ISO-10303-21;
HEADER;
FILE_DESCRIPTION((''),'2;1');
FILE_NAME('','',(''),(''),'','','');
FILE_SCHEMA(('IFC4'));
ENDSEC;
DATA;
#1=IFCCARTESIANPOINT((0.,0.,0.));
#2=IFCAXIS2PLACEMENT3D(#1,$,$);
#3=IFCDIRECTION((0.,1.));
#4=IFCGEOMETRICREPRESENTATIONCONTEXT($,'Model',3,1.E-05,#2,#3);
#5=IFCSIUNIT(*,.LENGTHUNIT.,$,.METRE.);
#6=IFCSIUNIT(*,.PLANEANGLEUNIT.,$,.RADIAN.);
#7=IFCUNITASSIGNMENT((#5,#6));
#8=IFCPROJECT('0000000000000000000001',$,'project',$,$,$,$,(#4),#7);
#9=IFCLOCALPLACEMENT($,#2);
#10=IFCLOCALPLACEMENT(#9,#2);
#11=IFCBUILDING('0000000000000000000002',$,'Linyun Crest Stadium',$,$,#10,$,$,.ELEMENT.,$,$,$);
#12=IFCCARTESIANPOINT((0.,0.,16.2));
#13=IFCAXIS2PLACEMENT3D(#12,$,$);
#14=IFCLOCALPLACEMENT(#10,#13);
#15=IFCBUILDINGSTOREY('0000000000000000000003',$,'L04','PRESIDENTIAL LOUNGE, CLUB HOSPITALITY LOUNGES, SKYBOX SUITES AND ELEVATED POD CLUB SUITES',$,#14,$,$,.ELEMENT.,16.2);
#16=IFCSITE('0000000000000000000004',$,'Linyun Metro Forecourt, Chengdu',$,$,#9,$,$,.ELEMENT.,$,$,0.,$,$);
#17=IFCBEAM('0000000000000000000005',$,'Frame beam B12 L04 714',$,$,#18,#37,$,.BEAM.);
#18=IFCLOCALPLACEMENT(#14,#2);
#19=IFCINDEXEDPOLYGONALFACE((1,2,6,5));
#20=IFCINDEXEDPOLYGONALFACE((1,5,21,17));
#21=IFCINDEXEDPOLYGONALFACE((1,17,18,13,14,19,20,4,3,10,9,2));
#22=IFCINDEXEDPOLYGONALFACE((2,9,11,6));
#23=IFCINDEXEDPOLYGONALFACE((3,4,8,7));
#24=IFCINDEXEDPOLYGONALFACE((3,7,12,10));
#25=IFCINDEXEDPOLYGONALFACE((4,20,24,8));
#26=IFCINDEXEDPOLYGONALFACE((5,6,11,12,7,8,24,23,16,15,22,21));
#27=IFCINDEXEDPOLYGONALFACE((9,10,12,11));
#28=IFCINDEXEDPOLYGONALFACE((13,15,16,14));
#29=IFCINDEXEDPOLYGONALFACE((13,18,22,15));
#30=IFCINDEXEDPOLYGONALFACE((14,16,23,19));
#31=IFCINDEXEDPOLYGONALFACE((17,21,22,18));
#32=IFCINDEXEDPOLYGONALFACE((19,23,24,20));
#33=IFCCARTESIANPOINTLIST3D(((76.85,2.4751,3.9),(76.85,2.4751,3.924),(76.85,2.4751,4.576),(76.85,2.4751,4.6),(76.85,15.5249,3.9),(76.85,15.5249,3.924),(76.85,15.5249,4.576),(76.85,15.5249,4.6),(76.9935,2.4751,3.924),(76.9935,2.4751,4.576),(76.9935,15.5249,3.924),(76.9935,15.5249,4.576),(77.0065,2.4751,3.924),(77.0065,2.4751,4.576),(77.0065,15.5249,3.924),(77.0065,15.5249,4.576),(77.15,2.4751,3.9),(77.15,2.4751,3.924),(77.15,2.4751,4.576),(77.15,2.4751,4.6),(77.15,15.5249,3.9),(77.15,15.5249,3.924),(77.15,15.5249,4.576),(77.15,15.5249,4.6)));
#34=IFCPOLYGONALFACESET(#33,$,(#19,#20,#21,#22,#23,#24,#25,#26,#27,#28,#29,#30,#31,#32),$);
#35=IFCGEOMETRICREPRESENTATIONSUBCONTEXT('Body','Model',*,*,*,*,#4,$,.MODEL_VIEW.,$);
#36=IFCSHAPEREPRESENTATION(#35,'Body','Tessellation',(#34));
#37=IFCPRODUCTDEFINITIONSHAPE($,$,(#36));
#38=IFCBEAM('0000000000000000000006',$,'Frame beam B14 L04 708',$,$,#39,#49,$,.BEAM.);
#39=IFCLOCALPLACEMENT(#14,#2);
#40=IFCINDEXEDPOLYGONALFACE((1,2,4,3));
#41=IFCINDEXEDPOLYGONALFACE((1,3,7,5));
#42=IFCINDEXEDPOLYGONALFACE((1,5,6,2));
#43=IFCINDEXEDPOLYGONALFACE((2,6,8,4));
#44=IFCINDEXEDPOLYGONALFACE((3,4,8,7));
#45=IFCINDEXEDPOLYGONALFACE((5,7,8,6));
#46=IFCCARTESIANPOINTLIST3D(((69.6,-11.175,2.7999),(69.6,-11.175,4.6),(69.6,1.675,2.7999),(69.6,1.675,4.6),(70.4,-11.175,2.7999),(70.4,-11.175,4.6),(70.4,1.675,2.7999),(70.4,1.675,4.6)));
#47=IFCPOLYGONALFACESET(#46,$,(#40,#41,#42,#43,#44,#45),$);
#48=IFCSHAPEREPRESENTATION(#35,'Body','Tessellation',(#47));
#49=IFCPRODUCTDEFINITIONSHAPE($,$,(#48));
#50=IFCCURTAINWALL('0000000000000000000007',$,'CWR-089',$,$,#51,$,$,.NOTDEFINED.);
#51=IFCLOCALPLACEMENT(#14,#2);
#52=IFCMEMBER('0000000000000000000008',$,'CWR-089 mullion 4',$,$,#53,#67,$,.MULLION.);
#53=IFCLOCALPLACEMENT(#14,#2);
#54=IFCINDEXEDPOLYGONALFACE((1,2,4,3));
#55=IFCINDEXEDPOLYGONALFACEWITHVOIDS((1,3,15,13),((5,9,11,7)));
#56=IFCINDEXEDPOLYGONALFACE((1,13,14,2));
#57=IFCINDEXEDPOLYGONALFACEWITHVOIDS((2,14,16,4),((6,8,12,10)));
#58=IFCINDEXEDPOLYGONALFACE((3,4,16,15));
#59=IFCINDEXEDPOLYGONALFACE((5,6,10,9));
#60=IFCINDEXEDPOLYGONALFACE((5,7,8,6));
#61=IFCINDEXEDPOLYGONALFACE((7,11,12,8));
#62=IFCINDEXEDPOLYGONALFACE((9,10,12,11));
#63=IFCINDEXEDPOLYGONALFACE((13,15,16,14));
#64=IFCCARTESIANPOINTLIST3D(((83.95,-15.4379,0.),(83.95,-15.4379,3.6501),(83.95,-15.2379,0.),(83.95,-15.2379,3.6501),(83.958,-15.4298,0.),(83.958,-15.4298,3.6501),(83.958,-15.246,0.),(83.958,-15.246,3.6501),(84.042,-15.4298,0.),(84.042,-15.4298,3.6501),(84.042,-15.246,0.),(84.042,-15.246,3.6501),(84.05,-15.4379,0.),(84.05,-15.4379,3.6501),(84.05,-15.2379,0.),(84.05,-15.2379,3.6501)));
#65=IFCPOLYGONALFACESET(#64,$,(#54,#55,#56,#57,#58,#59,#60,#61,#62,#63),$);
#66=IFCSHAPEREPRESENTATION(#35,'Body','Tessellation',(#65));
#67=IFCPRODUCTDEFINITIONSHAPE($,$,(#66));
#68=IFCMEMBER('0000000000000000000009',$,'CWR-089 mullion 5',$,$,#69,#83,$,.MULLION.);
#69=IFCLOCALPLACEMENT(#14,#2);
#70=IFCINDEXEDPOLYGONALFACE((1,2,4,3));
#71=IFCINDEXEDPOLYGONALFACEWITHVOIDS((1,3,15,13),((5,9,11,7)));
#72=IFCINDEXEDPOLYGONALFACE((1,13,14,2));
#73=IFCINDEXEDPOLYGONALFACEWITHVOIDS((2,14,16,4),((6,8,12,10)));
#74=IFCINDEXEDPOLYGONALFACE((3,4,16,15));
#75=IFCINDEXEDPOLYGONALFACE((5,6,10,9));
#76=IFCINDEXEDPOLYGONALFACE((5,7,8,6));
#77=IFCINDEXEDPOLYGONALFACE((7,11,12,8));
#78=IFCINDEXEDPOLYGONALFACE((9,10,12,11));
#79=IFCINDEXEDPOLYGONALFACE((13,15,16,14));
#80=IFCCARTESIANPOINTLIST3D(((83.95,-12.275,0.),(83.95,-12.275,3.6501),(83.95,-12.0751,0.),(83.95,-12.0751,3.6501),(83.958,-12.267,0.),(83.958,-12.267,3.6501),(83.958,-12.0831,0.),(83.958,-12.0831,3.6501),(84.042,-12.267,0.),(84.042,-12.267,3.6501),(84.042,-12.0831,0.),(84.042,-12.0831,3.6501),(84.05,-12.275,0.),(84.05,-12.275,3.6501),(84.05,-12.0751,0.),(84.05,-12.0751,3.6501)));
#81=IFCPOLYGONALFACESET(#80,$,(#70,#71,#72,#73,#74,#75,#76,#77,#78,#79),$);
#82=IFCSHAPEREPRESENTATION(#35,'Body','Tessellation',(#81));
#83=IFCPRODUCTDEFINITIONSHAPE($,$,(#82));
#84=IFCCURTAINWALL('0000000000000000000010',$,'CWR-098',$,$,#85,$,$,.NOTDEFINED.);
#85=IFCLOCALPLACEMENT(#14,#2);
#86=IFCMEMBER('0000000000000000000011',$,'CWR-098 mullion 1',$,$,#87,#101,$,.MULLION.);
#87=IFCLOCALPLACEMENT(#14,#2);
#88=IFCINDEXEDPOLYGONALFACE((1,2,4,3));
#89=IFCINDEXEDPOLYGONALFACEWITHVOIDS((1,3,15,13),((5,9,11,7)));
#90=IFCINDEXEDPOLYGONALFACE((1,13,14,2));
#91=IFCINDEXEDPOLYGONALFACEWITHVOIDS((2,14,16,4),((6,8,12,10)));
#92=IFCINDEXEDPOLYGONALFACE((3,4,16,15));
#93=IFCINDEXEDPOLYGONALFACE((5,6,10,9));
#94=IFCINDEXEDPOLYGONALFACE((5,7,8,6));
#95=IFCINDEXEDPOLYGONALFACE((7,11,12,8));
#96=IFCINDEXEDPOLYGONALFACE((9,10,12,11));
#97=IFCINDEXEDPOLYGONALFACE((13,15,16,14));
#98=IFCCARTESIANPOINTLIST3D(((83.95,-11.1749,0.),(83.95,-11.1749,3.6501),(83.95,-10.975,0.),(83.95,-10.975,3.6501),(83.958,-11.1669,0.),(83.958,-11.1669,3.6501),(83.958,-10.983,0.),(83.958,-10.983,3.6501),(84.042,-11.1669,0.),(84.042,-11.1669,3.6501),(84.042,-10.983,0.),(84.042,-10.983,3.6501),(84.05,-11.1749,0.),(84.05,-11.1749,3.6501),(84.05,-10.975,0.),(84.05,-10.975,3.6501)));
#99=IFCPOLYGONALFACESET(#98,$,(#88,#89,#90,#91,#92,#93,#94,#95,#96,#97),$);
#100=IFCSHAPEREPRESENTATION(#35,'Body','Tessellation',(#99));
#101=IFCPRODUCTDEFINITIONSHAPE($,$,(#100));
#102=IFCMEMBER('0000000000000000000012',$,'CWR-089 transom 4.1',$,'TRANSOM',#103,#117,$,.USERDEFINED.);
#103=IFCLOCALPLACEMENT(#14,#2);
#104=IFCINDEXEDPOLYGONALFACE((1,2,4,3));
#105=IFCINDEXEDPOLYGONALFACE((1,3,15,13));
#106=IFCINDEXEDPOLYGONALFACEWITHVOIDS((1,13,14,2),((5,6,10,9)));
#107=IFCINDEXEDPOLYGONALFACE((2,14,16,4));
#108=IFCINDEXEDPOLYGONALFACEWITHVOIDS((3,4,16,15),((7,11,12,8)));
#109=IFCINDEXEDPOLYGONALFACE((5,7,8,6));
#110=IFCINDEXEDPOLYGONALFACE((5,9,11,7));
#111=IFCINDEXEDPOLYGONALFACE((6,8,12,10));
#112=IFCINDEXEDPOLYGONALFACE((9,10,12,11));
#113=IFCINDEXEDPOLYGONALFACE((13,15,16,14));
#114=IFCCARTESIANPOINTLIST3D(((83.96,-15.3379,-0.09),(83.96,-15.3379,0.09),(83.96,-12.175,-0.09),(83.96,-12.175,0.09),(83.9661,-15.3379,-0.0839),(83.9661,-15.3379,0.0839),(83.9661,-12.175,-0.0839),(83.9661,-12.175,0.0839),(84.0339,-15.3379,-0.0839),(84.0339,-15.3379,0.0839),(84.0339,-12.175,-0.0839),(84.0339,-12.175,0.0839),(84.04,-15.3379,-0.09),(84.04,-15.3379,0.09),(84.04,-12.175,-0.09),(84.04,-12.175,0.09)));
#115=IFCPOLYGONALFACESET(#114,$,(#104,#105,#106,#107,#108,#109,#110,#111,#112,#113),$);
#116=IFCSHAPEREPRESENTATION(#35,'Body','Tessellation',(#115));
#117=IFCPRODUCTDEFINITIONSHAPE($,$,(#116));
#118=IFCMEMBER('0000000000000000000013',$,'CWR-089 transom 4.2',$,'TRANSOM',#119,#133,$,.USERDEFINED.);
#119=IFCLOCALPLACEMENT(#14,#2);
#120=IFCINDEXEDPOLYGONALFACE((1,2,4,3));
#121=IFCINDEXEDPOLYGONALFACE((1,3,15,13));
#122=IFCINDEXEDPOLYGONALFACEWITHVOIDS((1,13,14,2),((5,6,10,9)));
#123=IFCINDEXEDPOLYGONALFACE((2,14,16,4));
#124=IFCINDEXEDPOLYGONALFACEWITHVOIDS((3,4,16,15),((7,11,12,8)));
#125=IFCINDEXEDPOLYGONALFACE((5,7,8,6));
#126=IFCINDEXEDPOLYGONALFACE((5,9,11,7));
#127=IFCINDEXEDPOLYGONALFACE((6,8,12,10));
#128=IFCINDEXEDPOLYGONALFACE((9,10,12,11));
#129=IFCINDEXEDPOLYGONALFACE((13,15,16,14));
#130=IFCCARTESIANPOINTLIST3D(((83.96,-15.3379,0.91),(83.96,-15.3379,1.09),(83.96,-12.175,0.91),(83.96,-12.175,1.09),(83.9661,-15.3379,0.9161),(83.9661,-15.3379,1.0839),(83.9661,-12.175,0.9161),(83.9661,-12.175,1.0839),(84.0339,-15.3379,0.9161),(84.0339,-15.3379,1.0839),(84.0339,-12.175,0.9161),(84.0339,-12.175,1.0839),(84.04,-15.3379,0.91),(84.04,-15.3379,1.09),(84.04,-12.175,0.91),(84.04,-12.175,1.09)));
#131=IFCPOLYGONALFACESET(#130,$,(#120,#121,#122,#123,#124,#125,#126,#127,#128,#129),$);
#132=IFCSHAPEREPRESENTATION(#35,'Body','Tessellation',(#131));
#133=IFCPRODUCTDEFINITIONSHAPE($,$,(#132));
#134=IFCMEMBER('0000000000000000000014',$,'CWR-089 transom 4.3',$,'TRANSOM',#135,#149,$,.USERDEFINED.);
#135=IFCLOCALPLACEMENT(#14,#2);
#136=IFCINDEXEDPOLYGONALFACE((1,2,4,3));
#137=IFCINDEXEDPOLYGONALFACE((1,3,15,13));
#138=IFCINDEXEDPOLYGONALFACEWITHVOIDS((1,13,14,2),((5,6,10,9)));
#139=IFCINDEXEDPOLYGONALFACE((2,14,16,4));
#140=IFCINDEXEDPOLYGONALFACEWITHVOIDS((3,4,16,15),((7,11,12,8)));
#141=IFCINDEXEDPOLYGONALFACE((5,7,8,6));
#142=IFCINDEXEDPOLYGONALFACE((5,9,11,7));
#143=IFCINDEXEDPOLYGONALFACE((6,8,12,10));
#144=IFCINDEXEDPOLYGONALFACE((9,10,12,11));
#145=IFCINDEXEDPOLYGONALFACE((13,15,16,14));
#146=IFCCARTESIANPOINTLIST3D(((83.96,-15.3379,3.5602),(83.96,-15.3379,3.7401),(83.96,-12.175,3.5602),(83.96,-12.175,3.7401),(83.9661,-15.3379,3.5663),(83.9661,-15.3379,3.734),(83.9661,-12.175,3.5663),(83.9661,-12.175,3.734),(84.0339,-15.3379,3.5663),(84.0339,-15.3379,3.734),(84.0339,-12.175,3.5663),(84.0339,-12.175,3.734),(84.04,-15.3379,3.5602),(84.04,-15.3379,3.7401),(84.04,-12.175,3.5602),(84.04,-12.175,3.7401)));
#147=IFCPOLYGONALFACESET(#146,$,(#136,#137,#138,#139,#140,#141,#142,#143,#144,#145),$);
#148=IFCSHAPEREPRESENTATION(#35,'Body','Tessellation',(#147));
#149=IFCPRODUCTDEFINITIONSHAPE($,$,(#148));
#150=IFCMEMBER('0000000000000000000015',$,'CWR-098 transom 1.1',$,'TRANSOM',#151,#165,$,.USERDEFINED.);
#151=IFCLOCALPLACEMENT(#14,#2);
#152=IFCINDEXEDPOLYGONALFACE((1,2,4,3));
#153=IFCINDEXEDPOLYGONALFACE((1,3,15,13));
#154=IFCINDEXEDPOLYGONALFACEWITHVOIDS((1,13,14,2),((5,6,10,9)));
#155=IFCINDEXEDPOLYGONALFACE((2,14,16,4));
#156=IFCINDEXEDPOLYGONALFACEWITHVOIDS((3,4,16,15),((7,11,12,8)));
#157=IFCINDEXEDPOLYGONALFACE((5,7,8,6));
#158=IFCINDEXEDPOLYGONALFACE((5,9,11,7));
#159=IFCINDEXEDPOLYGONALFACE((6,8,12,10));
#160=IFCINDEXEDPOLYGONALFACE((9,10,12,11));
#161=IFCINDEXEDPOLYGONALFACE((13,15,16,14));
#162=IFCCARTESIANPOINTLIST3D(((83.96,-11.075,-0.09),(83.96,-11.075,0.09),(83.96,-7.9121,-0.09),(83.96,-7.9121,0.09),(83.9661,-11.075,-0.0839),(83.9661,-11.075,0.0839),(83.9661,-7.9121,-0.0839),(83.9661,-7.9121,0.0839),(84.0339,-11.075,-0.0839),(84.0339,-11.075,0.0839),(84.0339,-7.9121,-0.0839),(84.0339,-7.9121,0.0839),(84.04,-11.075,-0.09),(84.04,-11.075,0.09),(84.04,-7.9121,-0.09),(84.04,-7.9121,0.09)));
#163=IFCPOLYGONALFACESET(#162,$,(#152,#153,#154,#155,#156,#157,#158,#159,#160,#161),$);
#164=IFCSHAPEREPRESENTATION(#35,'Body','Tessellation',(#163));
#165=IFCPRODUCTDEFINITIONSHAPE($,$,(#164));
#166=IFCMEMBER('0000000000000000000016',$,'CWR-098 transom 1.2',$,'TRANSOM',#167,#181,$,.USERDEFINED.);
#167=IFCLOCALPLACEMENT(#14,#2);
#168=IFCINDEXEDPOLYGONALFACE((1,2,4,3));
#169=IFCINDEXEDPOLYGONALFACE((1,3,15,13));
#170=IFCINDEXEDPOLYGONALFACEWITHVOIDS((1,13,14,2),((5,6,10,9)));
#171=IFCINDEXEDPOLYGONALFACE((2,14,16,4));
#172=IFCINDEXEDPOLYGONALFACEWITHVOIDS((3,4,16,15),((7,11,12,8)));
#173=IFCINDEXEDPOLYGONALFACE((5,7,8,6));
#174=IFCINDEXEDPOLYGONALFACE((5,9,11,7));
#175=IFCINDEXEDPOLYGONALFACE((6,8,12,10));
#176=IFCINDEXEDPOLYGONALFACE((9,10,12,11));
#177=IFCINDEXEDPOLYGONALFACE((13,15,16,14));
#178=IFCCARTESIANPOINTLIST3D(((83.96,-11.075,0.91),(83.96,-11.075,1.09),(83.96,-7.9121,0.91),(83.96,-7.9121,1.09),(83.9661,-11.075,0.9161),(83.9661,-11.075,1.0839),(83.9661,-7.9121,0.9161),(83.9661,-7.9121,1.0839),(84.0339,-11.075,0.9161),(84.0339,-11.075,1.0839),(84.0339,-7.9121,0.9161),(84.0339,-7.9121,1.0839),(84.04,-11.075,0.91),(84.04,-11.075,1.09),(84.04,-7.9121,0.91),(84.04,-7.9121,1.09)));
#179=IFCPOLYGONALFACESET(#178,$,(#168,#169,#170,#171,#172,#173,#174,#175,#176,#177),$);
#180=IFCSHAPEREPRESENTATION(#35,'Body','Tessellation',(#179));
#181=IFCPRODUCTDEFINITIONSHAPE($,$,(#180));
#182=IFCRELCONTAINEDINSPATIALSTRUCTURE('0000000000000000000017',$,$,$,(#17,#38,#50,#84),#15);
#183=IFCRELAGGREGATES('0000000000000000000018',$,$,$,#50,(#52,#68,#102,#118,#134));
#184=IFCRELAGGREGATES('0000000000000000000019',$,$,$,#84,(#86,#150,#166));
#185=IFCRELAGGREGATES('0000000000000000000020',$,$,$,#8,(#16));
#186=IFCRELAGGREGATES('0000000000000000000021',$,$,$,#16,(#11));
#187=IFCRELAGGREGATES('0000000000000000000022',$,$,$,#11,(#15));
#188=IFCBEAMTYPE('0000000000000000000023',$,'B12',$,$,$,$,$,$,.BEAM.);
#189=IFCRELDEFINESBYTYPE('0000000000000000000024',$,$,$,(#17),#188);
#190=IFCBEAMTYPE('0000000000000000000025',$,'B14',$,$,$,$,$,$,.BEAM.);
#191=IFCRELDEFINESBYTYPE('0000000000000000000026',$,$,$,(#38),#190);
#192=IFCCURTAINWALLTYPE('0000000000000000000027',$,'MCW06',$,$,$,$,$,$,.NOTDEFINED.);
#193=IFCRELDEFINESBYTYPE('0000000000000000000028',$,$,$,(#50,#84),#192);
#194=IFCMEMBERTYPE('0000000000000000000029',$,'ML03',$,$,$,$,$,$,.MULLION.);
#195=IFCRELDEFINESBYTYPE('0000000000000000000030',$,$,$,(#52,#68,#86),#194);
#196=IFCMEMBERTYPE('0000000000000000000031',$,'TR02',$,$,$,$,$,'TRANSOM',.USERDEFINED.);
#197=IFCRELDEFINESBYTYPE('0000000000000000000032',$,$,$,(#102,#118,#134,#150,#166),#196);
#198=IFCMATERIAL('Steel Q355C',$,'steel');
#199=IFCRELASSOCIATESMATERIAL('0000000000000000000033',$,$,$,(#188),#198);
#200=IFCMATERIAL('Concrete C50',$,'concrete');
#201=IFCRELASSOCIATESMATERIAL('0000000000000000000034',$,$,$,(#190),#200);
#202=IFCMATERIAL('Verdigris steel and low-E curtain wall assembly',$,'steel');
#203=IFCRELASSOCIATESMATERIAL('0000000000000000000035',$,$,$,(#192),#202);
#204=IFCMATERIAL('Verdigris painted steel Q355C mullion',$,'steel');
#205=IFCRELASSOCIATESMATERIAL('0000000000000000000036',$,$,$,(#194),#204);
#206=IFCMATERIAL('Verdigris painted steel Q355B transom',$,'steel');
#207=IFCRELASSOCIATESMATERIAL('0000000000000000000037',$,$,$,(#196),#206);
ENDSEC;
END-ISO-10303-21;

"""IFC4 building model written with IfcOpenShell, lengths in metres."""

from ifc_helpers import new_model, si_unit, direction, frame, origin, origin_2d, place, context, subcontext, project, spatial, rectangle, hollow_rectangle, i_section, extrude, material, material_profile, profile_set, type_object, element, aggregate, save


model = new_model("IFC4")

# Units and contexts
model_context = context("Model", 3, precision=1e-05, world=origin(), true_north=direction((0.0, 1.0)))
body_context = subcontext(model_context, "Body", "Model", "MODEL_VIEW")
ifc_project = project(units=[si_unit("LENGTHUNIT", "METRE"), si_unit("PLANEANGLEUNIT", "RADIAN")], contexts=[model_context])

# Site, building, storey
site_placement = place(None, origin())
site = spatial("IfcSite", under=ifc_project, at=site_placement, Name="Linyun Metro Forecourt, Chengdu", CompositionType="ELEMENT", RefElevation=0.0)
building_placement = place(site_placement, origin())
building = spatial("IfcBuilding", under=site, at=building_placement, Name="Linyun Crest Stadium", CompositionType="ELEMENT")
storey_placement = place(building_placement, frame((0.0, 0.0, 16.2)))
storey = spatial("IfcBuildingStorey", under=building, at=storey_placement, Name="L04", Description="PRESIDENTIAL LOUNGE, CLUB HOSPITALITY LOUNGES, SKYBOX SUITES AND ELEVATED POD CLUB SUITES", CompositionType="ELEMENT", Elevation=16.2)

# Beams
ifc_material_1 = material(Name="Steel Q355C", Category="steel")
ifc_material_profile_1 = material_profile(ifc_material_1, i_section(OverallWidth=0.3, OverallDepth=0.7, WebThickness=0.0129, FlangeThickness=0.0239, at=origin_2d()), Name="HN 700x300")
ifc_profile_set_1 = profile_set([ifc_material_profile_1], Name="Steel Q355C")
beam_type_1 = type_object("IfcBeamType", Name="B12", PredefinedType="BEAM", material=ifc_profile_set_1)
beam_1_placement = place(storey_placement, frame((77.0, 2.4751, 4.25), z_axis=(0.0, 1.0, 0.0), x_axis=(-1.0, 0.0, 0.0)))
element("IfcBeam", 1, at=beam_1_placement, inside=storey, type_object=beam_type_1, Name="Frame beam B12 L04 714", PredefinedType="BEAM", context=body_context, shape_type="SweptSolid", body=[
    extrude(i_section(OverallWidth=0.3, OverallDepth=0.7, WebThickness=0.0129, FlangeThickness=0.0239, at=origin_2d()), origin(), (0.0, 0.0, 1.0), 13.0498),
])
ifc_material_2 = material(Name="Concrete C50", Category="concrete")
ifc_material_profile_2 = material_profile(ifc_material_2, rectangle(XDim=0.8, YDim=1.8, at=origin_2d()), Name="RCB 1800x800")
ifc_profile_set_2 = profile_set([ifc_material_profile_2], Name="Concrete C50")
beam_type_2 = type_object("IfcBeamType", Name="B14", PredefinedType="BEAM", material=ifc_profile_set_2)
beam_2_placement = place(storey_placement, frame((70.0, -11.175, 3.7), z_axis=(0.0, 1.0, 0.0), x_axis=(-1.0, 0.0, 0.0)))
element("IfcBeam", 2, at=beam_2_placement, inside=storey, type_object=beam_type_2, Name="Frame beam B14 L04 708", PredefinedType="BEAM", context=body_context, shape_type="SweptSolid", body=[
    extrude(rectangle(XDim=0.8, YDim=1.8, at=origin_2d()), origin(), (0.0, 0.0, 1.0), 12.8501),
])

# Curtain wall, members
ifc_material_3 = material(Name="Verdigris steel and low-E curtain wall assembly", Category="steel")
curtain_wall_type = type_object("IfcCurtainWallType", Name="MCW06", PredefinedType="NOTDEFINED", material=ifc_material_3)
curtain_wall_1_placement = place(storey_placement, origin())
curtain_wall_1 = element("IfcCurtainWall", 3, at=curtain_wall_1_placement, inside=storey, type_object=curtain_wall_type, Name="CWR-089", PredefinedType="NOTDEFINED")
ifc_material_4 = material(Name="Verdigris painted steel Q355C mullion", Category="steel")
ifc_material_profile_3 = material_profile(ifc_material_4, hollow_rectangle(XDim=0.1001, YDim=0.2, WallThickness=0.0081, at=origin_2d()), Name="RHS 200x100x8")
ifc_profile_set_3 = profile_set([ifc_material_profile_3], Name="Verdigris painted steel Q355C mullion")
member_type_1 = type_object("IfcMemberType", Name="ML03", PredefinedType="MULLION", material=ifc_profile_set_3)
member_1_placement = place(storey_placement, frame((84.0, -15.3379, 0.0), z_axis=(0.0, 0.0, 1.0), x_axis=(-1.0, 0.0, 0.0)))
member_1 = element("IfcMember", 4, at=member_1_placement, type_object=member_type_1, Name="CWR-089 mullion 4", PredefinedType="MULLION", context=body_context, shape_type="SweptSolid", body=[
    extrude(hollow_rectangle(XDim=0.1001, YDim=0.2, WallThickness=0.0081, at=origin_2d()), origin(), (0.0, 0.0, 1.0), 3.6501),
])
member_2_placement = place(storey_placement, frame((84.0, -12.175, 0.0), z_axis=(0.0, 0.0, 1.0), x_axis=(-1.0, 0.0, 0.0)))
member_2 = element("IfcMember", 5, at=member_2_placement, type_object=member_type_1, Name="CWR-089 mullion 5", PredefinedType="MULLION", context=body_context, shape_type="SweptSolid", body=[
    extrude(hollow_rectangle(XDim=0.1001, YDim=0.2, WallThickness=0.0081, at=origin_2d()), origin(), (0.0, 0.0, 1.0), 3.6501),
])

# Curtain wall, member
curtain_wall_2_placement = place(storey_placement, origin())
curtain_wall_2 = element("IfcCurtainWall", 6, at=curtain_wall_2_placement, inside=storey, type_object=curtain_wall_type, Name="CWR-098", PredefinedType="NOTDEFINED")
member_3_placement = place(storey_placement, frame((84.0, -11.075, 0.0), z_axis=(0.0, 0.0, 1.0), x_axis=(-1.0, 0.0, 0.0)))
member_3 = element("IfcMember", 7, at=member_3_placement, type_object=member_type_1, Name="CWR-098 mullion 1", PredefinedType="MULLION", context=body_context, shape_type="SweptSolid", body=[
    extrude(hollow_rectangle(XDim=0.1001, YDim=0.2, WallThickness=0.0081, at=origin_2d()), origin(), (0.0, 0.0, 1.0), 3.6501),
])

# Members
ifc_material_5 = material(Name="Verdigris painted steel Q355B transom", Category="steel")
ifc_material_profile_4 = material_profile(ifc_material_5, hollow_rectangle(XDim=0.0801, YDim=0.1799, WallThickness=0.0061, at=origin_2d()), Name="RHS 180x80x6")
ifc_profile_set_4 = profile_set([ifc_material_profile_4], Name="Verdigris painted steel Q355B transom")
member_type_2 = type_object("IfcMemberType", Name="TR02", ElementType="TRANSOM", PredefinedType="USERDEFINED", material=ifc_profile_set_4)
member_4_placement = place(storey_placement, frame((84.0, -15.3379, 0.0), z_axis=(0.0, 1.0, 0.0), x_axis=(-1.0, 0.0, 0.0)))
member_4 = element("IfcMember", 8, at=member_4_placement, type_object=member_type_2, Name="CWR-089 transom 4.1", ObjectType="TRANSOM", PredefinedType="USERDEFINED", context=body_context, shape_type="SweptSolid", body=[
    extrude(hollow_rectangle(XDim=0.0801, YDim=0.1799, WallThickness=0.0061, at=origin_2d()), origin(), (0.0, 0.0, 1.0), 3.1628),
])
member_5_placement = place(storey_placement, frame((84.0, -15.3379, 1.0), z_axis=(0.0, 1.0, 0.0), x_axis=(-1.0, 0.0, 0.0)))
member_5 = element("IfcMember", 9, at=member_5_placement, type_object=member_type_2, Name="CWR-089 transom 4.2", ObjectType="TRANSOM", PredefinedType="USERDEFINED", context=body_context, shape_type="SweptSolid", body=[
    extrude(hollow_rectangle(XDim=0.0801, YDim=0.1799, WallThickness=0.0061, at=origin_2d()), origin(), (0.0, 0.0, 1.0), 3.1628),
])
member_6_placement = place(storey_placement, frame((84.0, -15.3379, 3.6501), z_axis=(0.0, 1.0, 0.0), x_axis=(-1.0, 0.0, 0.0)))
member_6 = element("IfcMember", 10, at=member_6_placement, type_object=member_type_2, Name="CWR-089 transom 4.3", ObjectType="TRANSOM", PredefinedType="USERDEFINED", context=body_context, shape_type="SweptSolid", body=[
    extrude(hollow_rectangle(XDim=0.0801, YDim=0.1799, WallThickness=0.0061, at=origin_2d()), origin(), (0.0, 0.0, 1.0), 3.1628),
])
member_7_placement = place(storey_placement, frame((84.0, -11.075, 0.0), z_axis=(0.0, 1.0, 0.0), x_axis=(-1.0, 0.0, 0.0)))
member_7 = element("IfcMember", 11, at=member_7_placement, type_object=member_type_2, Name="CWR-098 transom 1.1", ObjectType="TRANSOM", PredefinedType="USERDEFINED", context=body_context, shape_type="SweptSolid", body=[
    extrude(hollow_rectangle(XDim=0.0801, YDim=0.1799, WallThickness=0.0061, at=origin_2d()), origin(), (0.0, 0.0, 1.0), 3.1628),
])
member_8_placement = place(storey_placement, frame((84.0, -11.075, 1.0), z_axis=(0.0, 1.0, 0.0), x_axis=(-1.0, 0.0, 0.0)))
member_8 = element("IfcMember", 12, at=member_8_placement, type_object=member_type_2, Name="CWR-098 transom 1.2", ObjectType="TRANSOM", PredefinedType="USERDEFINED", context=body_context, shape_type="SweptSolid", body=[
    extrude(hollow_rectangle(XDim=0.0801, YDim=0.1799, WallThickness=0.0061, at=origin_2d()), origin(), (0.0, 0.0, 1.0), 3.1628),
])

aggregate(curtain_wall_1, [member_1, member_2, member_4, member_5, member_6])
aggregate(curtain_wall_2, [member_3, member_7, member_8])

save(model, "model.ifc")
